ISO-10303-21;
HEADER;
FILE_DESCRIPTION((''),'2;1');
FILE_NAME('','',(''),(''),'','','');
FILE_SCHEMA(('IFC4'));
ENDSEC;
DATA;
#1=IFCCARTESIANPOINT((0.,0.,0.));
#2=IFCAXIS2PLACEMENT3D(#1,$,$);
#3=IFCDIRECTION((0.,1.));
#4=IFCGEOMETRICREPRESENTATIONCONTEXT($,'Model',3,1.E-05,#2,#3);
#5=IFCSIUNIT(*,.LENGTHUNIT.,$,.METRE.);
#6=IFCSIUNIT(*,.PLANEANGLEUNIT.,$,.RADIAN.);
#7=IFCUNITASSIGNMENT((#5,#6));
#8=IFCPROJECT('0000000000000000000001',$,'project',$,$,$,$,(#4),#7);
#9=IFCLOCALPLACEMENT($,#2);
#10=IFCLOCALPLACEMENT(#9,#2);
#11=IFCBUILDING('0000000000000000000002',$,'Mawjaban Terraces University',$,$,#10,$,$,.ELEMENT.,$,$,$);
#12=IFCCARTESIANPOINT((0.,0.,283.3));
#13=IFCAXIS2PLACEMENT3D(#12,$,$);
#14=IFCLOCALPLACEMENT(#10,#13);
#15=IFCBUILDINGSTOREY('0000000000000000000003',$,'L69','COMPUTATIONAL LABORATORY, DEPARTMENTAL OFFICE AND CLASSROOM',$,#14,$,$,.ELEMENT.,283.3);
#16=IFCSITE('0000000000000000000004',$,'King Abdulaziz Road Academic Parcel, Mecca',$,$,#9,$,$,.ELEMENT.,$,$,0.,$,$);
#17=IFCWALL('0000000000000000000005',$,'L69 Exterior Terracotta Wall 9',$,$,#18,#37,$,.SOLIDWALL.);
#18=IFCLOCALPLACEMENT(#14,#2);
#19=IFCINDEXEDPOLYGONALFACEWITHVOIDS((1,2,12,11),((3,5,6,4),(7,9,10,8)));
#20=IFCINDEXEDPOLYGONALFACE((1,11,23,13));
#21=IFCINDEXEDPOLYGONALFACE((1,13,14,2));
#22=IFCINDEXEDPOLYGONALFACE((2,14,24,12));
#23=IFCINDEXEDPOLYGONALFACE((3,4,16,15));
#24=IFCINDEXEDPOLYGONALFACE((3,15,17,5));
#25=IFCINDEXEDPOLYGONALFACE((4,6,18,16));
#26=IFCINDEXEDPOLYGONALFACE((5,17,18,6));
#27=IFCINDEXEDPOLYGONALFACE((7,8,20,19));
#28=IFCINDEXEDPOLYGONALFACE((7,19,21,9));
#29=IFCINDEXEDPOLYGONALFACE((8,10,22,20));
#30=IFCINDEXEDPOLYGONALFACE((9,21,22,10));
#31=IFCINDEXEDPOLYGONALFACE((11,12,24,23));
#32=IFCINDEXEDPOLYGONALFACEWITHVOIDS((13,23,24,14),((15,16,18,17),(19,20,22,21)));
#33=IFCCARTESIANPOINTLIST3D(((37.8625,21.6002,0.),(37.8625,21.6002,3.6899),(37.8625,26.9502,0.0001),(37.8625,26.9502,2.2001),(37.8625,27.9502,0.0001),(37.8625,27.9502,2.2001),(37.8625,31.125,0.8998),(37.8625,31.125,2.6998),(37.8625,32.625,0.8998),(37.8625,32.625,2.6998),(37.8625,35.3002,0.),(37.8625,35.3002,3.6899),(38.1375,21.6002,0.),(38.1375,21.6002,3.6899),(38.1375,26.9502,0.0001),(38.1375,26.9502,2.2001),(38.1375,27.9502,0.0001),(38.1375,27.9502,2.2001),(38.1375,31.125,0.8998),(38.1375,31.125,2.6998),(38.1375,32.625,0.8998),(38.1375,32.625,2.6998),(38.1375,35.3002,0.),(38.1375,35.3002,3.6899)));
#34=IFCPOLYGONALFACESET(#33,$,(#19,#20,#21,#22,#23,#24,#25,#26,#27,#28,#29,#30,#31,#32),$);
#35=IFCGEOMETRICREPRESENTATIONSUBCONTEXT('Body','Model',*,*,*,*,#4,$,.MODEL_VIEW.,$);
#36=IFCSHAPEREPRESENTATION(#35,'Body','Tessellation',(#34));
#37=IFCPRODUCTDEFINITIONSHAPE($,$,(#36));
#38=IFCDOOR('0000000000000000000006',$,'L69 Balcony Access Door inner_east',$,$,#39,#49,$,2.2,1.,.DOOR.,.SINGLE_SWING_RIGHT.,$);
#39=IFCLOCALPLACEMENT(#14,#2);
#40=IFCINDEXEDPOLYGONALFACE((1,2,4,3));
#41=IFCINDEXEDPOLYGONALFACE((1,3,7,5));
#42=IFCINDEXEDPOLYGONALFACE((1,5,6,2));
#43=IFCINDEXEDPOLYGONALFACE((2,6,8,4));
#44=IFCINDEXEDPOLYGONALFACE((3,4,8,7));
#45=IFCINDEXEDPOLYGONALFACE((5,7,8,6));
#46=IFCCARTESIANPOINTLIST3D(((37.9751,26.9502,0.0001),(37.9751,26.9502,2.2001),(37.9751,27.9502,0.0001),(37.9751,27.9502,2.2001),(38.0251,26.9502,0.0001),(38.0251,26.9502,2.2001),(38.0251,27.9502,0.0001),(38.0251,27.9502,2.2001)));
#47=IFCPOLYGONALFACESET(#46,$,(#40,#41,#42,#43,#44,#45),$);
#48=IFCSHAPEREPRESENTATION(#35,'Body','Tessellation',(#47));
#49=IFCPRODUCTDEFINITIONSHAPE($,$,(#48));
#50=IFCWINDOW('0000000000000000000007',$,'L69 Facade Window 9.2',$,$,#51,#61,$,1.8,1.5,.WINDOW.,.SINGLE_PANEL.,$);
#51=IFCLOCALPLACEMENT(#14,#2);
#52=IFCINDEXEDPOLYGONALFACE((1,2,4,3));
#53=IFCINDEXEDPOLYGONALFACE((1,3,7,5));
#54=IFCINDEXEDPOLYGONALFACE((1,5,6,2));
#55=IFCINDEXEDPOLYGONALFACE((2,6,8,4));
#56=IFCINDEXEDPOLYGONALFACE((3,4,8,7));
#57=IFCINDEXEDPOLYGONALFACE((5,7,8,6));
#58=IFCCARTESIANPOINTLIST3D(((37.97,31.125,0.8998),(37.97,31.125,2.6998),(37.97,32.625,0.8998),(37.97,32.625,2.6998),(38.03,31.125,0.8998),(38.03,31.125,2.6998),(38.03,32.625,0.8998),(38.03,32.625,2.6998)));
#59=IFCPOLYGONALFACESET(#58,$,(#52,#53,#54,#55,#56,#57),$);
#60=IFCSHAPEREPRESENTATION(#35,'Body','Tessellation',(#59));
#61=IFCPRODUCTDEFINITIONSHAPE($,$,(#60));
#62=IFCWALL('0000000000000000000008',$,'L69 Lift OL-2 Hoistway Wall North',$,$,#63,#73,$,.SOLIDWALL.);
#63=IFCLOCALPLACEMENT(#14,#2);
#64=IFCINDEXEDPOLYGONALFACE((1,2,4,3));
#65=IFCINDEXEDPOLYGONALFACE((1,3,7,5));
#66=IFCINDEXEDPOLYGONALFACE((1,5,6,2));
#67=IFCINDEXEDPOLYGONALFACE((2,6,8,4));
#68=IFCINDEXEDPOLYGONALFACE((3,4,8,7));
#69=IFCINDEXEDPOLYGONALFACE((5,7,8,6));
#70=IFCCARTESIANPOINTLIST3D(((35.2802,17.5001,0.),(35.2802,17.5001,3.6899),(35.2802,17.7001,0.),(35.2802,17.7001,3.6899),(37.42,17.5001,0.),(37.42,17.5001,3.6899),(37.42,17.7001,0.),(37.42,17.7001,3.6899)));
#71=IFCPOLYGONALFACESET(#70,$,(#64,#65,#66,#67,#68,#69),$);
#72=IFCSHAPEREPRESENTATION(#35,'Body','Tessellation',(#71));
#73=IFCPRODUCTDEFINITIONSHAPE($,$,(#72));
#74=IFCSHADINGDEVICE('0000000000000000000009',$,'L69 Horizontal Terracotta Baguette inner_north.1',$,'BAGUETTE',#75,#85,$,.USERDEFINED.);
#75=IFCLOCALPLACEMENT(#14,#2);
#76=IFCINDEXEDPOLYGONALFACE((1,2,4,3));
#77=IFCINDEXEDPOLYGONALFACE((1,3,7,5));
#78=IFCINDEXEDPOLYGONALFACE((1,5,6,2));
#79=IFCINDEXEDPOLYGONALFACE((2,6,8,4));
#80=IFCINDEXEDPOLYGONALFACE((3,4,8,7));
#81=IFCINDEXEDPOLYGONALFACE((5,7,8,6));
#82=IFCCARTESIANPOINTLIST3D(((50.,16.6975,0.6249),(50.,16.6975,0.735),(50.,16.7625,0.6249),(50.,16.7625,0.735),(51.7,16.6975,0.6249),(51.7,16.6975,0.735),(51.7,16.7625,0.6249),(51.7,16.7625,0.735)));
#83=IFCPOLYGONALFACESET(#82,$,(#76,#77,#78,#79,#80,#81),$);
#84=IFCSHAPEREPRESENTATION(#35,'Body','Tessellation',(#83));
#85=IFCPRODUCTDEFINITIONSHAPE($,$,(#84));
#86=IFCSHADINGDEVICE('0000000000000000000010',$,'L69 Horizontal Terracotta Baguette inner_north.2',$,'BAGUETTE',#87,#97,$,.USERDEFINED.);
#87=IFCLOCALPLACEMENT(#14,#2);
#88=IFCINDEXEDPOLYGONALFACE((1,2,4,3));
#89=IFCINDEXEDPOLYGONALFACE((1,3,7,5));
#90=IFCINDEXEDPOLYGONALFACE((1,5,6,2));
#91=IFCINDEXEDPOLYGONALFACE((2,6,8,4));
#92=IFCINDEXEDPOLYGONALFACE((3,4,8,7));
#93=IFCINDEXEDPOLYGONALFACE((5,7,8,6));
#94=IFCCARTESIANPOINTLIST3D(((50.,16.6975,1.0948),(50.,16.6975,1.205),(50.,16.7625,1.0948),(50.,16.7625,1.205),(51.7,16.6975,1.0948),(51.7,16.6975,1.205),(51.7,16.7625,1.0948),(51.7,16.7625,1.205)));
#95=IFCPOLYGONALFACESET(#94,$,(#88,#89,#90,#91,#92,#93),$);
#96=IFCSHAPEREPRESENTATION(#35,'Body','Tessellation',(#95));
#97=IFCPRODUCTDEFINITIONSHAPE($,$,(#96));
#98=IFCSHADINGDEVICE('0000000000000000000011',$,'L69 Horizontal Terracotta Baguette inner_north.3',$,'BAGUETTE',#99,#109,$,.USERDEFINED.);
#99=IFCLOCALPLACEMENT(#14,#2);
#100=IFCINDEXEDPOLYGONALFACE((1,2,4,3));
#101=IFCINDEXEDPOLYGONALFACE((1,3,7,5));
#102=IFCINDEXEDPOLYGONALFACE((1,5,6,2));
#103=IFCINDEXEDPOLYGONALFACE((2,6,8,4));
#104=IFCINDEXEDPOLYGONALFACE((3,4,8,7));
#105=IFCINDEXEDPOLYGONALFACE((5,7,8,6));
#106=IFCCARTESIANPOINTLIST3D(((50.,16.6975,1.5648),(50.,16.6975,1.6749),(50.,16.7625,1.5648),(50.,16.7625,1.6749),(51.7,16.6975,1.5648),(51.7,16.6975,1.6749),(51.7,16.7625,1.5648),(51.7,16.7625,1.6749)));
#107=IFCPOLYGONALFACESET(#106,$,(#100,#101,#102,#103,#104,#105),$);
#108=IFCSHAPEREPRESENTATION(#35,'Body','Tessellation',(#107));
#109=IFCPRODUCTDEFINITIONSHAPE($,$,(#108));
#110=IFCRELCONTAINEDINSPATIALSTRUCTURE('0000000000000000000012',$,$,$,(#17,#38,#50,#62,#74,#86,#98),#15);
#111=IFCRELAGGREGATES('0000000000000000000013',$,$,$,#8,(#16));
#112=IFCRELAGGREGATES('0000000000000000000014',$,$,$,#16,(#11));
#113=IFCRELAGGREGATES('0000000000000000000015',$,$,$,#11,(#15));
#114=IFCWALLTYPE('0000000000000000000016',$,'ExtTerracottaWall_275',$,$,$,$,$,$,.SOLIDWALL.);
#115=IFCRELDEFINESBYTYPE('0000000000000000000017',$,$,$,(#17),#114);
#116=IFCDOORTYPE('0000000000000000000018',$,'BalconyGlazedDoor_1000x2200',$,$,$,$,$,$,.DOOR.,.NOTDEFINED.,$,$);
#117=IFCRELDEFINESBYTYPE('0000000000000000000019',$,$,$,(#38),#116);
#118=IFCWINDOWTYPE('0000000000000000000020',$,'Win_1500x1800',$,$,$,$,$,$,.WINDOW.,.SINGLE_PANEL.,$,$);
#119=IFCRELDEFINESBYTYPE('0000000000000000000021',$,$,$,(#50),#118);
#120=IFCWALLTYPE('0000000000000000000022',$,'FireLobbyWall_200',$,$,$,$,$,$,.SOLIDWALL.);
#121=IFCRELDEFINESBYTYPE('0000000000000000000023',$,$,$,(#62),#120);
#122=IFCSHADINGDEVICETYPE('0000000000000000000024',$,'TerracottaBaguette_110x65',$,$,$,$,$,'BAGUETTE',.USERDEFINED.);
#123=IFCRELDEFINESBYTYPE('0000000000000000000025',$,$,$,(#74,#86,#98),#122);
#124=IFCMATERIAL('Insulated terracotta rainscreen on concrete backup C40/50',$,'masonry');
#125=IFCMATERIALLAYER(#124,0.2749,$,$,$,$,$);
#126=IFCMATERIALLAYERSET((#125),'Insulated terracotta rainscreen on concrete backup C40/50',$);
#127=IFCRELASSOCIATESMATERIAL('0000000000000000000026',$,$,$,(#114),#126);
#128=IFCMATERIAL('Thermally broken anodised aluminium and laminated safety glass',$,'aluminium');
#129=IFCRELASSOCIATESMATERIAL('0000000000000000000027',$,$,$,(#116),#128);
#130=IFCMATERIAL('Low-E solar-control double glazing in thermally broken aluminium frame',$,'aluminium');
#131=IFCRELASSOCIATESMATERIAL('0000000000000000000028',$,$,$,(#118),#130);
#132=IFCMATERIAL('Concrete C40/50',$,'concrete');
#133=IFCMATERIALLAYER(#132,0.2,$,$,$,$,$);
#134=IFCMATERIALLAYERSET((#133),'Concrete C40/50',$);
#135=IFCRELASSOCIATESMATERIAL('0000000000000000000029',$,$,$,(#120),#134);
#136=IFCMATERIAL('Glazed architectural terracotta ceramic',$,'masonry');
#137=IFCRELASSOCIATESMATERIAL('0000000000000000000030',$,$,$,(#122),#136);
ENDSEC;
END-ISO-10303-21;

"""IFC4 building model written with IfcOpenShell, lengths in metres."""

from ifc_helpers import new_model, si_unit, direction, frame, frame_2d, origin, origin_2d, place, context, subcontext, project, spatial, rectangle, extrude, material, layer, layer_set, material_profile, profile_set, type_object, element, fill, save


model = new_model("IFC4")

# Units and contexts
model_context = context("Model", 3, precision=1e-05, world=origin(), true_north=direction((0.0, 1.0)))
body_context = subcontext(model_context, "Body", "Model", "MODEL_VIEW")
ifc_project = project(units=[si_unit("LENGTHUNIT", "METRE"), si_unit("PLANEANGLEUNIT", "RADIAN")], contexts=[model_context])

# Site, building, storey
site_placement = place(None, origin())
site = spatial("IfcSite", under=ifc_project, at=site_placement, Name="King Abdulaziz Road Academic Parcel, Mecca", CompositionType="ELEMENT", RefElevation=0.0)
building_placement = place(site_placement, origin())
building = spatial("IfcBuilding", under=site, at=building_placement, Name="Mawjaban Terraces University", CompositionType="ELEMENT")
storey_placement = place(building_placement, frame((0.0, 0.0, 283.3)))
storey = spatial("IfcBuildingStorey", under=building, at=storey_placement, Name="L69", Description="COMPUTATIONAL LABORATORY, DEPARTMENTAL OFFICE AND CLASSROOM", CompositionType="ELEMENT", Elevation=283.3)

# Shared definitions
ifc_material_1 = material(Name="Insulated terracotta rainscreen on concrete backup C40/50", Category="masonry")
ifc_layer_1 = layer(ifc_material_1, 0.2749)
ifc_layer_set_1 = layer_set([ifc_layer_1], Name="Insulated terracotta rainscreen on concrete backup C40/50")
wall_type_1 = type_object("IfcWallType", Name="ExtTerracottaWall_275", PredefinedType="SOLIDWALL", material=ifc_layer_set_1)

# Wall, openings, door, window
wall_1_placement = place(storey_placement, frame((38.0, 21.6001, 0.0), z_axis=(0.0, 0.0, 1.0), x_axis=(0.0, 1.0, 0.0)))
wall_1 = element("IfcWall", 1, at=wall_1_placement, inside=storey, type_object=wall_type_1, Name="L69 Exterior Terracotta Wall 9", PredefinedType="SOLIDWALL", context=body_context, shape_type="SweptSolid", body=[
    extrude(rectangle(XDim=13.7, YDim=0.2749, at=frame_2d((6.8501, 0.0))), origin(), (0.0, 0.0, 1.0), 3.6899),
])
opening_1_placement = place(wall_1_placement, frame((5.3501, 0.0, 0.0)))
opening_1 = element("IfcOpeningElement", 2, at=opening_1_placement, cuts=wall_1, PredefinedType="OPENING", context=body_context, shape_type="SweptSolid", body=[
    extrude(rectangle(XDim=1.0, YDim=2.2, at=frame_2d((0.5, 1.1001))), frame((0.0, 0.1475, 0.0), z_axis=(0.0, -1.0, 0.0), x_axis=(1.0, 0.0, 0.0)), (0.0, 0.0, 1.0), 0.2949),
])
opening_2_placement = place(wall_1_placement, frame((9.5249, 0.0, 0.8999)))
opening_2 = element("IfcOpeningElement", 3, at=opening_2_placement, cuts=wall_1, PredefinedType="OPENING", context=body_context, shape_type="SweptSolid", body=[
    extrude(rectangle(XDim=1.5, YDim=1.8, at=frame_2d((0.75, 0.8999))), frame((0.0, 0.1475, 0.0), z_axis=(0.0, -1.0, 0.0), x_axis=(1.0, 0.0, 0.0)), (0.0, 0.0, 1.0), 0.2949),
])
ifc_material_2 = material(Name="Thermally broken anodised aluminium and laminated safety glass", Category="aluminium")
door_type = type_object("IfcDoorType", Name="BalconyGlazedDoor_1000x2200", OperationType="NOTDEFINED", PredefinedType="DOOR", material=ifc_material_2)
door_placement = place(opening_1_placement, origin())
door = element("IfcDoor", 4, at=door_placement, inside=storey, type_object=door_type, Name="L69 Balcony Access Door inner_east", OperationType="SINGLE_SWING_RIGHT", OverallHeight=2.2, OverallWidth=1.0, PredefinedType="DOOR", context=body_context, shape_type="SweptSolid", body=[
    extrude(rectangle(XDim=1.0, YDim=2.2, at=frame_2d((0.5, 1.1001))), frame((0.0, 0.0249, 0.0), z_axis=(0.0, -1.0, 0.0), x_axis=(1.0, 0.0, 0.0)), (0.0, 0.0, 1.0), 0.05),
])
fill(opening_1, door)
ifc_material_3 = material(Name="Low-E solar-control double glazing in thermally broken aluminium frame", Category="aluminium")
window_type = type_object("IfcWindowType", Name="Win_1500x1800", PartitioningType="SINGLE_PANEL", PredefinedType="WINDOW", material=ifc_material_3)
window_placement = place(opening_2_placement, origin())
window = element("IfcWindow", 5, at=window_placement, inside=storey, type_object=window_type, Name="L69 Facade Window 9.2", OverallHeight=1.8, OverallWidth=1.5, PartitioningType="SINGLE_PANEL", PredefinedType="WINDOW", context=body_context, shape_type="SweptSolid", body=[
    extrude(rectangle(XDim=1.5, YDim=1.8, at=frame_2d((0.75, 0.8999))), frame((0.0, 0.03, 0.0), z_axis=(0.0, -1.0, 0.0), x_axis=(1.0, 0.0, 0.0)), (0.0, 0.0, 1.0), 0.0601),
])
fill(opening_2, window)

# Wall
ifc_material_4 = material(Name="Concrete C40/50", Category="concrete")
ifc_layer_2 = layer(ifc_material_4, 0.2)
ifc_layer_set_2 = layer_set([ifc_layer_2], Name="Concrete C40/50")
wall_type_2 = type_object("IfcWallType", Name="FireLobbyWall_200", PredefinedType="SOLIDWALL", material=ifc_layer_set_2)
wall_2_placement = place(storey_placement, frame((37.4199, 17.6001, 0.0), z_axis=(0.0, 0.0, 1.0), x_axis=(-1.0, 0.0, 0.0)))
element("IfcWall", 6, at=wall_2_placement, inside=storey, type_object=wall_type_2, Name="L69 Lift OL-2 Hoistway Wall North", PredefinedType="SOLIDWALL", context=body_context, shape_type="SweptSolid", body=[
    extrude(rectangle(XDim=2.1399, YDim=0.2, at=frame_2d((1.0698, 0.0))), origin(), (0.0, 0.0, 1.0), 3.6899),
])

# Shading devices
ifc_material_5 = material(Name="Glazed architectural terracotta ceramic", Category="masonry")
ifc_material_profile_1 = material_profile(ifc_material_5, rectangle(XDim=0.0649, YDim=0.1101, at=origin_2d()), Name="TBAG110X65")
ifc_profile_set_1 = profile_set([ifc_material_profile_1], Name="Glazed architectural terracotta ceramic")
shading_device_type = type_object("IfcShadingDeviceType", Name="TerracottaBaguette_110x65", ElementType="BAGUETTE", PredefinedType="USERDEFINED", material=ifc_profile_set_1)
for number, where, z_axis, x_axis, name in (
    (7, (50.0, 16.73, 0.6799), (1.0, 0.0, 0.0), (0.0, 1.0, 0.0), "L69 Horizontal Terracotta Baguette inner_north.1"),
    (8, (50.0, 16.73, 1.1499), (1.0, 0.0, 0.0), (0.0, 1.0, 0.0), "L69 Horizontal Terracotta Baguette inner_north.2"),
    (9, (50.0, 16.73, 1.6199), (1.0, 0.0, 0.0), (0.0, 1.0, 0.0), "L69 Horizontal Terracotta Baguette inner_north.3"),
):
    element("IfcShadingDevice", number, at=place(storey_placement, frame(where, z_axis=z_axis, x_axis=x_axis)), inside=storey, type_object=shading_device_type, Name=name, ObjectType="BAGUETTE", PredefinedType="USERDEFINED", context=body_context, shape_type="SweptSolid", body=[
        extrude(rectangle(XDim=0.0649, YDim=0.1101, at=origin_2d()), origin(), (0.0, 0.0, 1.0), 1.7),
    ])

save(model, "model.ifc")
